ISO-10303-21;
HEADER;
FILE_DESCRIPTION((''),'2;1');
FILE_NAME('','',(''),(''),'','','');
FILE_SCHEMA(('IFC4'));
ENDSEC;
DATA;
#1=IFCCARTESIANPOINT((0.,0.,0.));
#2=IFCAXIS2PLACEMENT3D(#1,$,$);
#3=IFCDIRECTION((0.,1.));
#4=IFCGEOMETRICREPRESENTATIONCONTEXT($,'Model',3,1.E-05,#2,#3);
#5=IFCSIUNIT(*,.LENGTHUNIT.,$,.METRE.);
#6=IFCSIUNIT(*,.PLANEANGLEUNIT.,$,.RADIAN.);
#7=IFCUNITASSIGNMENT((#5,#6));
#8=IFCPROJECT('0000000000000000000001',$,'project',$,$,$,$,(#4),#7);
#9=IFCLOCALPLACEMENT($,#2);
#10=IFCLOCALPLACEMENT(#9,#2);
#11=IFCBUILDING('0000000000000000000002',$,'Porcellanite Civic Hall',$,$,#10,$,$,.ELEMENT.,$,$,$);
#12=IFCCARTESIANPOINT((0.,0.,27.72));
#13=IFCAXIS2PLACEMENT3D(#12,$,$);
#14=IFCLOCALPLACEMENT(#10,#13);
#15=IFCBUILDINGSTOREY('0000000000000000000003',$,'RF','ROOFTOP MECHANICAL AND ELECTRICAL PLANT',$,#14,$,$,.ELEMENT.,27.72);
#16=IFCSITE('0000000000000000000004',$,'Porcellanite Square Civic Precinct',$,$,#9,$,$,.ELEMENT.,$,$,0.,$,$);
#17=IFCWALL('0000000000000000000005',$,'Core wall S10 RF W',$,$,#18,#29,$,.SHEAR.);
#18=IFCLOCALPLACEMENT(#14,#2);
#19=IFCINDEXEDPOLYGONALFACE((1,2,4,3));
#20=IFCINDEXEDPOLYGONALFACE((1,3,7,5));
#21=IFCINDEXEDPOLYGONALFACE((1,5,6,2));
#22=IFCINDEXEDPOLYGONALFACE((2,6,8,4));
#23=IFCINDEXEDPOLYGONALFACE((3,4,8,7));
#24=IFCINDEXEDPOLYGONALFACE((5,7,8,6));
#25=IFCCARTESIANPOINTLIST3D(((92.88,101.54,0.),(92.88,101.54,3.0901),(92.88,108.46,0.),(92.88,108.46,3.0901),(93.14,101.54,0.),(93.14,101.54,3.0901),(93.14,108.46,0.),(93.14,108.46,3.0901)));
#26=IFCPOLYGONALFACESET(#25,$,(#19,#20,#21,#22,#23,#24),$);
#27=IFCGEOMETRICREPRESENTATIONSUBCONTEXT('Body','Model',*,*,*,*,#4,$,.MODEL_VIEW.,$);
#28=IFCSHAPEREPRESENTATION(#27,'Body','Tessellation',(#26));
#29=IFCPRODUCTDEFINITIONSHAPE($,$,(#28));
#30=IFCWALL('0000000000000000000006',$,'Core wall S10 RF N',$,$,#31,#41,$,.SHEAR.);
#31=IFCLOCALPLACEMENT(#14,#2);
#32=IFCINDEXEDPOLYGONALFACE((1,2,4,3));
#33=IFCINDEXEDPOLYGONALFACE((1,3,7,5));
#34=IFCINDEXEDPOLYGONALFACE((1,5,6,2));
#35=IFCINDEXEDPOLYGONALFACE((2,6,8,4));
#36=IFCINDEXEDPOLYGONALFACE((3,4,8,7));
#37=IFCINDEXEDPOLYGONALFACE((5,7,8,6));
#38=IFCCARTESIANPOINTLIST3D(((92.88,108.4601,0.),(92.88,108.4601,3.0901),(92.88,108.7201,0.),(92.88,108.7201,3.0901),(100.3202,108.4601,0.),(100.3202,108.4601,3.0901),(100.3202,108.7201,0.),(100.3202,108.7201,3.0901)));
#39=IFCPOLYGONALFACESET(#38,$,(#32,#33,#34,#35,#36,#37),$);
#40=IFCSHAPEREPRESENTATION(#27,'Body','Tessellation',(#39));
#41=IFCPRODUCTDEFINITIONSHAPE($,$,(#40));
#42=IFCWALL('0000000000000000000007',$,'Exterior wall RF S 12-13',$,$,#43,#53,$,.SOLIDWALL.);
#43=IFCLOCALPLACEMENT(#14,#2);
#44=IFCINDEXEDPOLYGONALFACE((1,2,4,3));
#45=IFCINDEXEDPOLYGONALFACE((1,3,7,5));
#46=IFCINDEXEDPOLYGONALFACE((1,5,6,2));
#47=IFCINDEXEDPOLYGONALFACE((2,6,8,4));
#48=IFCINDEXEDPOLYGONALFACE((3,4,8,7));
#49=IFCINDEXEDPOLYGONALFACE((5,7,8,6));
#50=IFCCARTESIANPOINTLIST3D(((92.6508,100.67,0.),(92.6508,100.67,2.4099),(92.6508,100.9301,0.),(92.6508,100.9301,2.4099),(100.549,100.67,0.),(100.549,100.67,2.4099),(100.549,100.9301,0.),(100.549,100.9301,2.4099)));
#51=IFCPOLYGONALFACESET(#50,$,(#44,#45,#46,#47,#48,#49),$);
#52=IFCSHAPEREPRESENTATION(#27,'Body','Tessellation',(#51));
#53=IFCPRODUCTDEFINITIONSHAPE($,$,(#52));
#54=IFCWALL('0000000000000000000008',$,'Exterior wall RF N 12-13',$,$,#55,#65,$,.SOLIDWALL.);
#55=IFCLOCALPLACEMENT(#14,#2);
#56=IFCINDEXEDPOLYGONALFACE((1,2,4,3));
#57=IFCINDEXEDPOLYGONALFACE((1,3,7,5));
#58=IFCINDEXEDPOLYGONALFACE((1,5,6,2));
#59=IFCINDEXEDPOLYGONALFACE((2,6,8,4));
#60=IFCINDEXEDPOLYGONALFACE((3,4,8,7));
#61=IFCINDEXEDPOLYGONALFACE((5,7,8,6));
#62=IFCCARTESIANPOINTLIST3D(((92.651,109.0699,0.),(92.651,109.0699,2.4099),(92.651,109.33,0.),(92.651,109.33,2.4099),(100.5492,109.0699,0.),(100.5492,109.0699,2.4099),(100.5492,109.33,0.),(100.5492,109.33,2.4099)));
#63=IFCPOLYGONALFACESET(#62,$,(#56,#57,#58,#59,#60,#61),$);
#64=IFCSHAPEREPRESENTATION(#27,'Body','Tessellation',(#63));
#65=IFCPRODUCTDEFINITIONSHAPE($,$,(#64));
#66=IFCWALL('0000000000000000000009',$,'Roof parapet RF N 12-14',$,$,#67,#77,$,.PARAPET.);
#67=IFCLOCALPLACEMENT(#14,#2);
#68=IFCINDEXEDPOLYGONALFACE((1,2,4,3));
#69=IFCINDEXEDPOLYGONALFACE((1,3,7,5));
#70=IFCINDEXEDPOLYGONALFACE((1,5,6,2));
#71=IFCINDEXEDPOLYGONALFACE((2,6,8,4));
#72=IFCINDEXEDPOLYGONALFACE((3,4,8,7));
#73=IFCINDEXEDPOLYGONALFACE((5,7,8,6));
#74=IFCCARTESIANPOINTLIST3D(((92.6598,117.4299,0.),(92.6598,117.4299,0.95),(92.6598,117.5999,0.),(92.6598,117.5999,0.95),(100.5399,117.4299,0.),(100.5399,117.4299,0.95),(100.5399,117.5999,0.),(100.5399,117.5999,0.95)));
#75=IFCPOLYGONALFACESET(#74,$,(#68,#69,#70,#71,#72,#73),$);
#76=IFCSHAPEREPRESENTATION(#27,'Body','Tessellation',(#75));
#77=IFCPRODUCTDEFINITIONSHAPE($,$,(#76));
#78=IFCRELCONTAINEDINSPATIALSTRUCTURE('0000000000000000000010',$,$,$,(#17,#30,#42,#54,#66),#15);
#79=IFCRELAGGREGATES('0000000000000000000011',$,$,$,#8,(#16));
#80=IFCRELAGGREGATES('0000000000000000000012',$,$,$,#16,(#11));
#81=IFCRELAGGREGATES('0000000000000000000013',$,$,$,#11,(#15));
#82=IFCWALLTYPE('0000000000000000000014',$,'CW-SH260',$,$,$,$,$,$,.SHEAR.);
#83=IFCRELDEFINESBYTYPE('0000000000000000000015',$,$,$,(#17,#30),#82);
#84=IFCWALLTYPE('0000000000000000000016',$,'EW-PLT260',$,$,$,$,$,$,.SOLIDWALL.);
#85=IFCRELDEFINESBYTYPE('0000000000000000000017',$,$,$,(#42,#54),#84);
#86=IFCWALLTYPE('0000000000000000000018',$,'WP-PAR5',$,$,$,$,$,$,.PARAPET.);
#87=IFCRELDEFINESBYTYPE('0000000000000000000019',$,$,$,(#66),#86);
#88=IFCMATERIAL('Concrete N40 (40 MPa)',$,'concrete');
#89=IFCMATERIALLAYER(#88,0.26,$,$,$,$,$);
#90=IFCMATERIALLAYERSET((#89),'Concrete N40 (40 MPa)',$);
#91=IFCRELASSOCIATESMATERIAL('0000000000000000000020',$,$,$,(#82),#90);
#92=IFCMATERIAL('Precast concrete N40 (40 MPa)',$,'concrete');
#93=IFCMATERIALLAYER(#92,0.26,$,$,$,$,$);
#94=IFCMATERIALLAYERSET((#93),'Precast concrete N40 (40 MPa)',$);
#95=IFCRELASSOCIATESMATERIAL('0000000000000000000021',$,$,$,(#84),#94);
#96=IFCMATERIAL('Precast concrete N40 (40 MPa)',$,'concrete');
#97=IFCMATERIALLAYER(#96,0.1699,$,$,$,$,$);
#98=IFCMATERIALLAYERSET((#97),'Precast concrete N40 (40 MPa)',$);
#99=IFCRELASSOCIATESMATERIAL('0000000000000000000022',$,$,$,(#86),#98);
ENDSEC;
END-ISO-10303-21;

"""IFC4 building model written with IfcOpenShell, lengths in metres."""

from ifc_helpers import new_model, si_unit, direction, frame, frame_2d, origin, place, context, subcontext, project, spatial, rectangle, extrude, material, layer, layer_set, type_object, element, save


model = new_model("IFC4")

# Units and contexts
model_context = context("Model", 3, precision=1e-05, world=origin(), true_north=direction((0.0, 1.0)))
body_context = subcontext(model_context, "Body", "Model", "MODEL_VIEW")
ifc_project = project(units=[si_unit("LENGTHUNIT", "METRE"), si_unit("PLANEANGLEUNIT", "RADIAN")], contexts=[model_context])

# Site, building, storey
site_placement = place(None, origin())
site = spatial("IfcSite", under=ifc_project, at=site_placement, Name="Porcellanite Square Civic Precinct", CompositionType="ELEMENT", RefElevation=0.0)
building_placement = place(site_placement, origin())
building = spatial("IfcBuilding", under=site, at=building_placement, Name="Porcellanite Civic Hall", CompositionType="ELEMENT")
storey_placement = place(building_placement, frame((0.0, 0.0, 27.72)))
storey = spatial("IfcBuildingStorey", under=building, at=storey_placement, Name="RF", Description="ROOFTOP MECHANICAL AND ELECTRICAL PLANT", CompositionType="ELEMENT", Elevation=27.72)

# Walls
ifc_material_1 = material(Name="Concrete N40 (40 MPa)", Category="concrete")
ifc_layer_1 = layer(ifc_material_1, 0.26)
ifc_layer_set_1 = layer_set([ifc_layer_1], Name="Concrete N40 (40 MPa)")
wall_type_1 = type_object("IfcWallType", Name="CW-SH260", PredefinedType="SHEAR", material=ifc_layer_set_1)
wall_1_placement = place(storey_placement, frame((93.01, 101.54, 0.0), z_axis=(0.0, 0.0, 1.0), x_axis=(0.0, 1.0, 0.0)))
element("IfcWall", 1, at=wall_1_placement, inside=storey, type_object=wall_type_1, Name="Core wall S10 RF W", PredefinedType="SHEAR", context=body_context, shape_type="SweptSolid", body=[
    extrude(rectangle(XDim=6.9199, YDim=0.26, at=frame_2d((3.46, 0.0))), origin(), (0.0, 0.0, 1.0), 3.0901),
])
wall_2_placement = place(storey_placement, frame((92.8799, 108.5901, 0.0), z_axis=(0.0, 0.0, 1.0), x_axis=(1.0, 0.0, 0.0)))
element("IfcWall", 2, at=wall_2_placement, inside=storey, type_object=wall_type_1, Name="Core wall S10 RF N", PredefinedType="SHEAR", context=body_context, shape_type="SweptSolid", body=[
    extrude(rectangle(XDim=7.4402, YDim=0.26, at=frame_2d((3.7202, 0.0))), origin(), (0.0, 0.0, 1.0), 3.0901),
])

# Walls
ifc_material_2 = material(Name="Precast concrete N40 (40 MPa)", Category="concrete")
ifc_layer_2 = layer(ifc_material_2, 0.26)
ifc_layer_set_2 = layer_set([ifc_layer_2], Name="Precast concrete N40 (40 MPa)")
wall_type_2 = type_object("IfcWallType", Name="EW-PLT260", PredefinedType="SOLIDWALL", material=ifc_layer_set_2)
for number, where, z_axis, x_axis, name in (
    (3, (100.5491, 100.8, 0.0), (0.0, 0.0, 1.0), (-1.0, 0.0, 0.0), "Exterior wall RF S 12-13"),
    (4, (92.6509, 109.2, 0.0), (0.0, 0.0, 1.0), (1.0, 0.0, 0.0), "Exterior wall RF N 12-13"),
):
    element("IfcWall", number, at=place(storey_placement, frame(where, z_axis=z_axis, x_axis=x_axis)), inside=storey, type_object=wall_type_2, Name=name, PredefinedType="SOLIDWALL", context=body_context, shape_type="SweptSolid", body=[
        extrude(rectangle(XDim=7.8982, YDim=0.26, at=frame_2d((3.9492, 0.0))), origin(), (0.0, 0.0, 1.0), 2.4099),
    ])
ifc_material_3 = material(Name="Precast concrete N40 (40 MPa)", Category="concrete")
ifc_layer_3 = layer(ifc_material_3, 0.1699)
ifc_layer_set_3 = layer_set([ifc_layer_3], Name="Precast concrete N40 (40 MPa)")
wall_type_3 = type_object("IfcWallType", Name="WP-PAR5", PredefinedType="PARAPET", material=ifc_layer_set_3)
wall_3_placement = place(storey_placement, frame((92.6599, 117.5149, 0.0), z_axis=(0.0, 0.0, 1.0), x_axis=(1.0, 0.0, 0.0)))
element("IfcWall", 5, at=wall_3_placement, inside=storey, type_object=wall_type_3, Name="Roof parapet RF N 12-14", PredefinedType="PARAPET", context=body_context, shape_type="SweptSolid", body=[
    extrude(rectangle(XDim=7.8801, YDim=0.1699, at=frame_2d((3.9399, 0.0))), origin(), (0.0, 0.0, 1.0), 0.95),
])

save(model, "model.ifc")
